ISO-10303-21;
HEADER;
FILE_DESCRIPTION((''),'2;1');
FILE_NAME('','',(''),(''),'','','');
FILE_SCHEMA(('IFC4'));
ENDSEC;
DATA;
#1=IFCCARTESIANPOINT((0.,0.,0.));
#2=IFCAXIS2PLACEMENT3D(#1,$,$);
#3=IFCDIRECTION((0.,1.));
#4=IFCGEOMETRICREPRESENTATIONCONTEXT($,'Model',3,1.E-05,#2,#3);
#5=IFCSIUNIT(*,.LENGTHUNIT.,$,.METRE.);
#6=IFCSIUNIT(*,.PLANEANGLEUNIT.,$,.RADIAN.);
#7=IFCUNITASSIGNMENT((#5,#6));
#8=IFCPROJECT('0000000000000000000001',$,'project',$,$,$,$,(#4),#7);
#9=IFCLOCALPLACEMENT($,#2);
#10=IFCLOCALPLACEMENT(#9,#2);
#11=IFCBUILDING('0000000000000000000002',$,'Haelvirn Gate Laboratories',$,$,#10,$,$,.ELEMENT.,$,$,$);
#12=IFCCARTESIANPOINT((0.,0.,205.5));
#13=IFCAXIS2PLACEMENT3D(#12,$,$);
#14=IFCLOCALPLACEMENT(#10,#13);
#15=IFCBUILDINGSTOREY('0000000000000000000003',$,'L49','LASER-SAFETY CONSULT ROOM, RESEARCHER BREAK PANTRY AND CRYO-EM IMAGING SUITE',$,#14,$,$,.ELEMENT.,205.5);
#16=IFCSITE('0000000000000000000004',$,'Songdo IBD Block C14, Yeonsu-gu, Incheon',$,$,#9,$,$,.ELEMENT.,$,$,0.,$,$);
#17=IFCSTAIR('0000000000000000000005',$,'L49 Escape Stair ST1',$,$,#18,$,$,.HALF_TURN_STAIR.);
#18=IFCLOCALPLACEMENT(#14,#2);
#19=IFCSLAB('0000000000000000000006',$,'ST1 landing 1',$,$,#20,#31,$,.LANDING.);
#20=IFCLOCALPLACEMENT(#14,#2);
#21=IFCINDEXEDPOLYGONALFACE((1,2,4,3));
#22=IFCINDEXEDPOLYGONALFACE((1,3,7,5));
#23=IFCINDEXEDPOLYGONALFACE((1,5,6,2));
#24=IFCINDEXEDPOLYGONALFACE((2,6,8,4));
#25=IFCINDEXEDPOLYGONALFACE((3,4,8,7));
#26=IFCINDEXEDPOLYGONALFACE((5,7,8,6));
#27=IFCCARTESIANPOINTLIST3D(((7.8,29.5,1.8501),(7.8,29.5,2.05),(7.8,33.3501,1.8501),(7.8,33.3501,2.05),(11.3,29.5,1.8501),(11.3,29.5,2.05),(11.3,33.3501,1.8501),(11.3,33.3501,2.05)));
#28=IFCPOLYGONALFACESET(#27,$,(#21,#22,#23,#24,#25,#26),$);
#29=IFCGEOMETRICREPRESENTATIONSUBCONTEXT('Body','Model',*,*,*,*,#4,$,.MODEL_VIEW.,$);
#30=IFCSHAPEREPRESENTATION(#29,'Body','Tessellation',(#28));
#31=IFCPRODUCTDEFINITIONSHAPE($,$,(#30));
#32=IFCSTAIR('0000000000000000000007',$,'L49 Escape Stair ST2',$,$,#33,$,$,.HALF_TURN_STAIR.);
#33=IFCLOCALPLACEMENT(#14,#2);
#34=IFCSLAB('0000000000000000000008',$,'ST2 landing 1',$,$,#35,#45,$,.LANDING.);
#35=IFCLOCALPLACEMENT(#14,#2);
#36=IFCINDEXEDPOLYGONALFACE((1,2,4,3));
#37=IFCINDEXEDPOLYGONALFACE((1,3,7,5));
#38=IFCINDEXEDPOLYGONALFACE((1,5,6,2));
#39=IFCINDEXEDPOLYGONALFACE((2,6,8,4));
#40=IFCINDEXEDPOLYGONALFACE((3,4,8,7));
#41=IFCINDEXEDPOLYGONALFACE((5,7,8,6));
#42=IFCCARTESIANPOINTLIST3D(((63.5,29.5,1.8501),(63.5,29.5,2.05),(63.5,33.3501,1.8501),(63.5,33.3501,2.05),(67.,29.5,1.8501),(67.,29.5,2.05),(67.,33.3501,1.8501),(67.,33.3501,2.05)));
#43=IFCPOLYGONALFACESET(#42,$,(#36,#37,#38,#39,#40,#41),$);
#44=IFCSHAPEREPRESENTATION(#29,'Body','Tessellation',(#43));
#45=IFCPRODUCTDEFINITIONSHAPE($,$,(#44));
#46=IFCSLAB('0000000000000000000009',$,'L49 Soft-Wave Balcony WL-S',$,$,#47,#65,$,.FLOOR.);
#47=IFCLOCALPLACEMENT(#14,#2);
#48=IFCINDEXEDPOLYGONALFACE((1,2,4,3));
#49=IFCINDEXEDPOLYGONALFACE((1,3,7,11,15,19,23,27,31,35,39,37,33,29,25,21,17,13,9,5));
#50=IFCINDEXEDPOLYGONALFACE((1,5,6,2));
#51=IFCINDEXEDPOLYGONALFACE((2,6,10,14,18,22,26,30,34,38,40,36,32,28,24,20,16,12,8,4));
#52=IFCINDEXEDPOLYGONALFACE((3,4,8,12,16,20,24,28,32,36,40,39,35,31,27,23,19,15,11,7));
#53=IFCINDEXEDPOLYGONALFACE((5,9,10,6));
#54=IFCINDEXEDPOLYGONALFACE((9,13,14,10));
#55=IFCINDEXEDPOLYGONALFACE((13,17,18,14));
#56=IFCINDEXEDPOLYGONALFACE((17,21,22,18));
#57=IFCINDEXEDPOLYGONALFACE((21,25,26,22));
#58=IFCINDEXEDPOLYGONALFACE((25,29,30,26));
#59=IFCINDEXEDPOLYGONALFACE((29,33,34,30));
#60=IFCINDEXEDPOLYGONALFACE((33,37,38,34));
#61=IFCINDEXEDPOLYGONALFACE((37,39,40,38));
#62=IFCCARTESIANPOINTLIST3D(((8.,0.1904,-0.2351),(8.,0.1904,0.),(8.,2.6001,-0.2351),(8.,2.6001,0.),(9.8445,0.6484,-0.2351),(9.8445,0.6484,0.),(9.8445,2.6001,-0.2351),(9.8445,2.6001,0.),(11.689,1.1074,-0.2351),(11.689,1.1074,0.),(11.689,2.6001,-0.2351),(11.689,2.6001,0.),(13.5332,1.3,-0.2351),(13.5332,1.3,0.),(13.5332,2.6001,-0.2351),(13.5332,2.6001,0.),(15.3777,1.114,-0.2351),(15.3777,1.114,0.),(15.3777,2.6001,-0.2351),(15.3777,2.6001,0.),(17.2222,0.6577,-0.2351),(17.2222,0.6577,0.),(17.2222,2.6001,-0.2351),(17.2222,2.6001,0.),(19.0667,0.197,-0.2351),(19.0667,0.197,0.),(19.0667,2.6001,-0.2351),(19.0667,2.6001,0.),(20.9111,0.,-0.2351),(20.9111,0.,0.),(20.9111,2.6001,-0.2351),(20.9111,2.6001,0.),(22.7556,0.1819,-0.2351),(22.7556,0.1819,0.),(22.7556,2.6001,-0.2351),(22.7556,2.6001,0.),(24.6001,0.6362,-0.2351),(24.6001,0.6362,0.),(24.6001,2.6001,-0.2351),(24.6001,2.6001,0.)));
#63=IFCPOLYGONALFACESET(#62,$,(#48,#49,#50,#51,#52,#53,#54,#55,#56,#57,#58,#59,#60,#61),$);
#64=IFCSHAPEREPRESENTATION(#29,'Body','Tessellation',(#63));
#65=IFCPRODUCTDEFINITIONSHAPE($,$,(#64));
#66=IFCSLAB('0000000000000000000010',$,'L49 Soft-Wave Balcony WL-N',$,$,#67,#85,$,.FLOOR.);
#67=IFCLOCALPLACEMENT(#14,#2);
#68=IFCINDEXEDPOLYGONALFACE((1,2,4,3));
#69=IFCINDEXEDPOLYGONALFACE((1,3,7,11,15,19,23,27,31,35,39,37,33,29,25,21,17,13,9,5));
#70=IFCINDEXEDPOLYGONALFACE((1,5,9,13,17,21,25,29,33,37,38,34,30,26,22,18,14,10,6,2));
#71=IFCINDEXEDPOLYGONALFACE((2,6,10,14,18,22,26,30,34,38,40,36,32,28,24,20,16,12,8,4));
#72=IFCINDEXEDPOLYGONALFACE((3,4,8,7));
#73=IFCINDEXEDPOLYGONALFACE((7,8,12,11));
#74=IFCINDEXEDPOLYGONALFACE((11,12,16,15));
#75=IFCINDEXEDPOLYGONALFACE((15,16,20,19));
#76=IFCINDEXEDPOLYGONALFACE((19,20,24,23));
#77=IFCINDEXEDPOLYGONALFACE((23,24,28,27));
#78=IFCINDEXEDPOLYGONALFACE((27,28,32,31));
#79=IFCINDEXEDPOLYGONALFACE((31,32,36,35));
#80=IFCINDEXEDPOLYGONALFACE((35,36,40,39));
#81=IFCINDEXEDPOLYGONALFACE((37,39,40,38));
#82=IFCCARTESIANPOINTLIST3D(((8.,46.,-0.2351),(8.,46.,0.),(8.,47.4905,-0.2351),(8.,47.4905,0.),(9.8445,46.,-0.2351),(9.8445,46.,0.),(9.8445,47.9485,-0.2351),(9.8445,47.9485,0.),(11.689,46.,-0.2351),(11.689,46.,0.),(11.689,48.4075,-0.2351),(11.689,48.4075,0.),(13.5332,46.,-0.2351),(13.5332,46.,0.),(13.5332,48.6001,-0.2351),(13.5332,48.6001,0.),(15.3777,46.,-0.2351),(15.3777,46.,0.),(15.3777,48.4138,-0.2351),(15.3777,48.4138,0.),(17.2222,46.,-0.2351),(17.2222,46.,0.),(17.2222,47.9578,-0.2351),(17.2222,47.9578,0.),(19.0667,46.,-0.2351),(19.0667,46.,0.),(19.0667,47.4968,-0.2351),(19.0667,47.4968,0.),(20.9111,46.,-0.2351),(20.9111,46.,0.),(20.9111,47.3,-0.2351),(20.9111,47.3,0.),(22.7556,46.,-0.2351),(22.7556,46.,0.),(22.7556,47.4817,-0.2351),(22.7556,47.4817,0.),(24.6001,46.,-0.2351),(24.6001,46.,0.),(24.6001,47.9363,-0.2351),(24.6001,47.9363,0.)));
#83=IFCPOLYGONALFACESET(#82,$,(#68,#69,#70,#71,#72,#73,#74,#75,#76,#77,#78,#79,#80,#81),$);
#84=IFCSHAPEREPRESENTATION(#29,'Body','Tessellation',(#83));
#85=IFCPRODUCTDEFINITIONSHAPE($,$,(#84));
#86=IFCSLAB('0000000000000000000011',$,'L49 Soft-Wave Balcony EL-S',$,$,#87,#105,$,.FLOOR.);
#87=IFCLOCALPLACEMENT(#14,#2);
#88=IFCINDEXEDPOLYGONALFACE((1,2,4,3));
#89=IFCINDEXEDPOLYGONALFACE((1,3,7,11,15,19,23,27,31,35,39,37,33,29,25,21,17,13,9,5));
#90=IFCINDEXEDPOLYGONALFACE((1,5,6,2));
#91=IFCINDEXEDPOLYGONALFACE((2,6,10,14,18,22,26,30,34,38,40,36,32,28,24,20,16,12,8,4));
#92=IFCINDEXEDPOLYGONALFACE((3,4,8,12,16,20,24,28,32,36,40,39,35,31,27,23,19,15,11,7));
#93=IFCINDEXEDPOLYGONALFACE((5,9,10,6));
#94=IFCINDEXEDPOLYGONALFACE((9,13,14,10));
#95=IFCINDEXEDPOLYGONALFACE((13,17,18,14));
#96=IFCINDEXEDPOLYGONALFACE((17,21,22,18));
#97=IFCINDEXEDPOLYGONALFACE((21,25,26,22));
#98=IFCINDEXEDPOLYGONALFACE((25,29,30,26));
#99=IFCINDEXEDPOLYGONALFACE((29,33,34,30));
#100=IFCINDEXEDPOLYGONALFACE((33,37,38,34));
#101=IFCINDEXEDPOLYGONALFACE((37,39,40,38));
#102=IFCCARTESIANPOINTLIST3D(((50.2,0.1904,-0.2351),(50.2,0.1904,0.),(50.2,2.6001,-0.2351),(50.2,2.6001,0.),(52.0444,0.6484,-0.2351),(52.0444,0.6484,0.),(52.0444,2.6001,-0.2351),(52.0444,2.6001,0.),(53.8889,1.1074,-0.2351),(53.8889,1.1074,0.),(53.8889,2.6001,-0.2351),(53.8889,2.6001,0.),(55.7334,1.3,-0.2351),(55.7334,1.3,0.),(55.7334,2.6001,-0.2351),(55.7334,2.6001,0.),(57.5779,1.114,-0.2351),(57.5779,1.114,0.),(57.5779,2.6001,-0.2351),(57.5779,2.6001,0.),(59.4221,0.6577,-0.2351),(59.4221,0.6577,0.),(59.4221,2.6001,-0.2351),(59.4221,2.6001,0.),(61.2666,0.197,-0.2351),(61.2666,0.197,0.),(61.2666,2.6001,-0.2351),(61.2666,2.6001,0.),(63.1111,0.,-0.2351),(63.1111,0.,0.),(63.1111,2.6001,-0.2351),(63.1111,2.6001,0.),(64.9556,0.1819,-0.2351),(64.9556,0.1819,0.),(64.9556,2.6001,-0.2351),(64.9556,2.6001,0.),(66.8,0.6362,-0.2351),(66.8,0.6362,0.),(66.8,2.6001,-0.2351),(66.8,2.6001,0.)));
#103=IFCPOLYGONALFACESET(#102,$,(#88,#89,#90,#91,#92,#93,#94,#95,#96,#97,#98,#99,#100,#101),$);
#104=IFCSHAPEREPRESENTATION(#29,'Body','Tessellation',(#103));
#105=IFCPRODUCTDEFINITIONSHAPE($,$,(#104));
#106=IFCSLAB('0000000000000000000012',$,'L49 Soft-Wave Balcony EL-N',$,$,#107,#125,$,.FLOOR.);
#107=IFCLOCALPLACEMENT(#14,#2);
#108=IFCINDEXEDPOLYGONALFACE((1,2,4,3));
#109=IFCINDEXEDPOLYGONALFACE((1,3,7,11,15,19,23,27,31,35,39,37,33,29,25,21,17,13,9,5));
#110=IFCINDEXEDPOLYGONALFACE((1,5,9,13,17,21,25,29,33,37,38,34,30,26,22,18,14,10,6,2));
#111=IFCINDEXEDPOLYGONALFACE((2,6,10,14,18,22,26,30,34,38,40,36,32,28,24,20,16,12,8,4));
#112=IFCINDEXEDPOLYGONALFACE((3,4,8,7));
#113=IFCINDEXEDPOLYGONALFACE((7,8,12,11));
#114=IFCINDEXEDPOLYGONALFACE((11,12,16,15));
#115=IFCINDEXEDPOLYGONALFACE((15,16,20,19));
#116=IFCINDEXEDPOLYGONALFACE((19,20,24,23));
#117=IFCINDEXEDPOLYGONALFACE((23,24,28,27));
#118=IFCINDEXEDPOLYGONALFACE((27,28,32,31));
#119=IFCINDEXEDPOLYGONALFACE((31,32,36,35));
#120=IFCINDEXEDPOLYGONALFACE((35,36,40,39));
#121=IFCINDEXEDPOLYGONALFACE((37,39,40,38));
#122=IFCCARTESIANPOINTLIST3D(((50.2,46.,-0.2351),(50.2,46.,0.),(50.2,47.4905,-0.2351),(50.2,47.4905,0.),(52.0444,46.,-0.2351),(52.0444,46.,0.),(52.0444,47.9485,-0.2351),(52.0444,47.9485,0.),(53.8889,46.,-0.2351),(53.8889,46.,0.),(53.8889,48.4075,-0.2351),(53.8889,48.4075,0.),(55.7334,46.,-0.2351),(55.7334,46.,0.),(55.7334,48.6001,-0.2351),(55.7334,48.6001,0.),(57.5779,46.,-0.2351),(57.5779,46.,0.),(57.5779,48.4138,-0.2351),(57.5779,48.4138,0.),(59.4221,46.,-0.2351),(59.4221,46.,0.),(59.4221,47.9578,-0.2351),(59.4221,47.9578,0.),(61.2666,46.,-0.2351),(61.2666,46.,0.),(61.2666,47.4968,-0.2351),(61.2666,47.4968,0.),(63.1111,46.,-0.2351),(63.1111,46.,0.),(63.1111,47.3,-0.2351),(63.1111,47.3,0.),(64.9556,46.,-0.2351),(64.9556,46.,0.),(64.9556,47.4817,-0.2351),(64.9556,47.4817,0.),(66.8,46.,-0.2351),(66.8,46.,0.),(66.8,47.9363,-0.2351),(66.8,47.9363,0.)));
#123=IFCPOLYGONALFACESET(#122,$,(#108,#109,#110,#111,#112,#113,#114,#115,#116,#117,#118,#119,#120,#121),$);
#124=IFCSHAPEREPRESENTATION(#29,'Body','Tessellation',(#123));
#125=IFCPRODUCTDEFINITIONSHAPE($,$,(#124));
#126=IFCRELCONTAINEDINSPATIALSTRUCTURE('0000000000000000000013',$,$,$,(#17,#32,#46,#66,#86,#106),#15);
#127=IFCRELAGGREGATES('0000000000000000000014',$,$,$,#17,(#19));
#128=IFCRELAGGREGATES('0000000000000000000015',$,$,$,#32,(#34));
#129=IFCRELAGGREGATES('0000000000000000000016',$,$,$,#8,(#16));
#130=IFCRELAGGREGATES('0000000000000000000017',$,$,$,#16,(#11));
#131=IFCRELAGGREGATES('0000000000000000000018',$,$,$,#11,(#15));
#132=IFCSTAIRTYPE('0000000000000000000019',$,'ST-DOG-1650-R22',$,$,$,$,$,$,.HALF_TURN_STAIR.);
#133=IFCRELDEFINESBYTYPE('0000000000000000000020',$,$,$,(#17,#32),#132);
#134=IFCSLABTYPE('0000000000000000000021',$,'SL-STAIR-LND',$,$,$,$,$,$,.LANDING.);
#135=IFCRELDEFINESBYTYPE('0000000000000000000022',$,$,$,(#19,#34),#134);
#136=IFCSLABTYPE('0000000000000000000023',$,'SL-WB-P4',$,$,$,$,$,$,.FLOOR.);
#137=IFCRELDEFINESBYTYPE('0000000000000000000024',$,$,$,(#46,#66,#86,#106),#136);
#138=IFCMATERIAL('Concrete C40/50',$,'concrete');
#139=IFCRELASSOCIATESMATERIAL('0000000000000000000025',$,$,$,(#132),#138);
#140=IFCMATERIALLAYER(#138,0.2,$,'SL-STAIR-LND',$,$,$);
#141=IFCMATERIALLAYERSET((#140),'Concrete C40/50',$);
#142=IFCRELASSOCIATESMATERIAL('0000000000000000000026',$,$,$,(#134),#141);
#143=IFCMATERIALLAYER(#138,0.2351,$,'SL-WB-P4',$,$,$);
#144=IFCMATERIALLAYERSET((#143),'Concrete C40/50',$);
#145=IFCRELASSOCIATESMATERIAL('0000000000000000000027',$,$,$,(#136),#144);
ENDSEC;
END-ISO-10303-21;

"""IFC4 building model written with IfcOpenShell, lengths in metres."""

from ifc_helpers import new_model, si_unit, direction, frame, origin, place, context, subcontext, project, spatial, polyline, outline, extrude, material, layer, layer_set, type_object, element, aggregate, save


model = new_model("IFC4")

# Units and contexts
model_context = context("Model", 3, precision=1e-05, world=origin(), true_north=direction((0.0, 1.0)))
body_context = subcontext(model_context, "Body", "Model", "MODEL_VIEW")
ifc_project = project(units=[si_unit("LENGTHUNIT", "METRE"), si_unit("PLANEANGLEUNIT", "RADIAN")], contexts=[model_context])

# Site, building, storey
site_placement = place(None, origin())
site = spatial("IfcSite", under=ifc_project, at=site_placement, Name="Songdo IBD Block C14, Yeonsu-gu, Incheon", CompositionType="ELEMENT", RefElevation=0.0)
building_placement = place(site_placement, origin())
building = spatial("IfcBuilding", under=site, at=building_placement, Name="Haelvirn Gate Laboratories", CompositionType="ELEMENT")
storey_placement = place(building_placement, frame((0.0, 0.0, 205.5)))
storey = spatial("IfcBuildingStorey", under=building, at=storey_placement, Name="L49", Description="LASER-SAFETY CONSULT ROOM, RESEARCHER BREAK PANTRY AND CRYO-EM IMAGING SUITE", CompositionType="ELEMENT", Elevation=205.5)

# Stairs, slabs
ifc_material_1 = material(Name="Concrete C40/50", Category="concrete")
stair_type = type_object("IfcStairType", Name="ST-DOG-1650-R22", PredefinedType="HALF_TURN_STAIR", material=ifc_material_1)
stair_1_placement = place(storey_placement, origin())
stair_1 = element("IfcStair", 1, at=stair_1_placement, inside=storey, type_object=stair_type, Name="L49 Escape Stair ST1", PredefinedType="HALF_TURN_STAIR")
ifc_layer_1 = layer(ifc_material_1, 0.2, Name="SL-STAIR-LND")
ifc_layer_set_1 = layer_set([ifc_layer_1], Name="Concrete C40/50")
slab_type_1 = type_object("IfcSlabType", Name="SL-STAIR-LND", PredefinedType="LANDING", material=ifc_layer_set_1)
slab_1_placement = place(storey_placement, frame((0.0, 0.0, 1.8501)))
slab_1 = element("IfcSlab", 2, at=slab_1_placement, type_object=slab_type_1, Name="ST1 landing 1", PredefinedType="LANDING", context=body_context, shape_type="SweptSolid", body=[
    extrude(outline(polyline([(11.3, 29.5), (11.3, 33.3501), (7.8, 33.3501), (7.8, 29.5), (11.3, 29.5)])), origin(), (0.0, 0.0, 1.0), 0.2),
])
aggregate(stair_1, [slab_1])
stair_2_placement = place(storey_placement, origin())
stair_2 = element("IfcStair", 3, at=stair_2_placement, inside=storey, type_object=stair_type, Name="L49 Escape Stair ST2", PredefinedType="HALF_TURN_STAIR")
slab_2_placement = place(storey_placement, frame((0.0, 0.0, 1.8501)))
slab_2 = element("IfcSlab", 4, at=slab_2_placement, type_object=slab_type_1, Name="ST2 landing 1", PredefinedType="LANDING", context=body_context, shape_type="SweptSolid", body=[
    extrude(outline(polyline([(67.0, 29.5), (67.0, 33.3501), (63.5, 33.3501), (63.5, 29.5), (67.0, 29.5)])), origin(), (0.0, 0.0, 1.0), 0.2),
])
aggregate(stair_2, [slab_2])

# Slabs
ifc_layer_2 = layer(ifc_material_1, 0.2351, Name="SL-WB-P4")
ifc_layer_set_2 = layer_set([ifc_layer_2], Name="Concrete C40/50")
slab_type_2 = type_object("IfcSlabType", Name="SL-WB-P4", PredefinedType="FLOOR", material=ifc_layer_set_2)
slab_3_placement = place(storey_placement, frame((0.0, 0.0, -0.2351)))
element("IfcSlab", 5, at=slab_3_placement, inside=storey, type_object=slab_type_2, Name="L49 Soft-Wave Balcony WL-S", PredefinedType="FLOOR", context=body_context, shape_type="SweptSolid", body=[
    extrude(outline(polyline([(8.0, 0.1904), (9.8445, 0.6484), (11.689, 1.1074), (13.5332, 1.3), (15.3777, 1.114), (17.2222, 0.6577), (19.0667, 0.197), (20.9111, 0.0), (22.7556, 0.1819), (24.6001, 0.6362), (24.6001, 2.6001), (22.7556, 2.6001), (20.9111, 2.6001), (19.0667, 2.6001), (17.2222, 2.6001), (15.3777, 2.6001), (13.5332, 2.6001), (11.689, 2.6001), (9.8445, 2.6001), (8.0, 2.6001), (8.0, 0.1904)])), origin(), (0.0, 0.0, 1.0), 0.2351),
])
slab_4_placement = place(storey_placement, frame((0.0, 0.0, -0.2351)))
element("IfcSlab", 6, at=slab_4_placement, inside=storey, type_object=slab_type_2, Name="L49 Soft-Wave Balcony WL-N", PredefinedType="FLOOR", context=body_context, shape_type="SweptSolid", body=[
    extrude(outline(polyline([(8.0, 46.0), (9.8445, 46.0), (11.689, 46.0), (13.5332, 46.0), (15.3777, 46.0), (17.2222, 46.0), (19.0667, 46.0), (20.9111, 46.0), (22.7556, 46.0), (24.6001, 46.0), (24.6001, 47.9363), (22.7556, 47.4817), (20.9111, 47.3), (19.0667, 47.4968), (17.2222, 47.9578), (15.3777, 48.4138), (13.5332, 48.6001), (11.689, 48.4075), (9.8445, 47.9485), (8.0, 47.4905), (8.0, 46.0)])), origin(), (0.0, 0.0, 1.0), 0.2351),
])
slab_5_placement = place(storey_placement, frame((0.0, 0.0, -0.2351)))
element("IfcSlab", 7, at=slab_5_placement, inside=storey, type_object=slab_type_2, Name="L49 Soft-Wave Balcony EL-S", PredefinedType="FLOOR", context=body_context, shape_type="SweptSolid", body=[
    extrude(outline(polyline([(50.2, 0.1904), (52.0444, 0.6484), (53.8889, 1.1074), (55.7334, 1.3), (57.5779, 1.114), (59.4221, 0.6577), (61.2666, 0.197), (63.1111, 0.0), (64.9556, 0.1819), (66.8, 0.6362), (66.8, 2.6001), (64.9556, 2.6001), (63.1111, 2.6001), (61.2666, 2.6001), (59.4221, 2.6001), (57.5779, 2.6001), (55.7334, 2.6001), (53.8889, 2.6001), (52.0444, 2.6001), (50.2, 2.6001), (50.2, 0.1904)])), origin(), (0.0, 0.0, 1.0), 0.2351),
])
slab_6_placement = place(storey_placement, frame((0.0, 0.0, -0.2351)))
element("IfcSlab", 8, at=slab_6_placement, inside=storey, type_object=slab_type_2, Name="L49 Soft-Wave Balcony EL-N", PredefinedType="FLOOR", context=body_context, shape_type="SweptSolid", body=[
    extrude(outline(polyline([(50.2, 46.0), (52.0444, 46.0), (53.8889, 46.0), (55.7334, 46.0), (57.5779, 46.0), (59.4221, 46.0), (61.2666, 46.0), (63.1111, 46.0), (64.9556, 46.0), (66.8, 46.0), (66.8, 47.9363), (64.9556, 47.4817), (63.1111, 47.3), (61.2666, 47.4968), (59.4221, 47.9578), (57.5779, 48.4138), (55.7334, 48.6001), (53.8889, 48.4075), (52.0444, 47.9485), (50.2, 47.4905), (50.2, 46.0)])), origin(), (0.0, 0.0, 1.0), 0.2351),
])

save(model, "model.ifc")
